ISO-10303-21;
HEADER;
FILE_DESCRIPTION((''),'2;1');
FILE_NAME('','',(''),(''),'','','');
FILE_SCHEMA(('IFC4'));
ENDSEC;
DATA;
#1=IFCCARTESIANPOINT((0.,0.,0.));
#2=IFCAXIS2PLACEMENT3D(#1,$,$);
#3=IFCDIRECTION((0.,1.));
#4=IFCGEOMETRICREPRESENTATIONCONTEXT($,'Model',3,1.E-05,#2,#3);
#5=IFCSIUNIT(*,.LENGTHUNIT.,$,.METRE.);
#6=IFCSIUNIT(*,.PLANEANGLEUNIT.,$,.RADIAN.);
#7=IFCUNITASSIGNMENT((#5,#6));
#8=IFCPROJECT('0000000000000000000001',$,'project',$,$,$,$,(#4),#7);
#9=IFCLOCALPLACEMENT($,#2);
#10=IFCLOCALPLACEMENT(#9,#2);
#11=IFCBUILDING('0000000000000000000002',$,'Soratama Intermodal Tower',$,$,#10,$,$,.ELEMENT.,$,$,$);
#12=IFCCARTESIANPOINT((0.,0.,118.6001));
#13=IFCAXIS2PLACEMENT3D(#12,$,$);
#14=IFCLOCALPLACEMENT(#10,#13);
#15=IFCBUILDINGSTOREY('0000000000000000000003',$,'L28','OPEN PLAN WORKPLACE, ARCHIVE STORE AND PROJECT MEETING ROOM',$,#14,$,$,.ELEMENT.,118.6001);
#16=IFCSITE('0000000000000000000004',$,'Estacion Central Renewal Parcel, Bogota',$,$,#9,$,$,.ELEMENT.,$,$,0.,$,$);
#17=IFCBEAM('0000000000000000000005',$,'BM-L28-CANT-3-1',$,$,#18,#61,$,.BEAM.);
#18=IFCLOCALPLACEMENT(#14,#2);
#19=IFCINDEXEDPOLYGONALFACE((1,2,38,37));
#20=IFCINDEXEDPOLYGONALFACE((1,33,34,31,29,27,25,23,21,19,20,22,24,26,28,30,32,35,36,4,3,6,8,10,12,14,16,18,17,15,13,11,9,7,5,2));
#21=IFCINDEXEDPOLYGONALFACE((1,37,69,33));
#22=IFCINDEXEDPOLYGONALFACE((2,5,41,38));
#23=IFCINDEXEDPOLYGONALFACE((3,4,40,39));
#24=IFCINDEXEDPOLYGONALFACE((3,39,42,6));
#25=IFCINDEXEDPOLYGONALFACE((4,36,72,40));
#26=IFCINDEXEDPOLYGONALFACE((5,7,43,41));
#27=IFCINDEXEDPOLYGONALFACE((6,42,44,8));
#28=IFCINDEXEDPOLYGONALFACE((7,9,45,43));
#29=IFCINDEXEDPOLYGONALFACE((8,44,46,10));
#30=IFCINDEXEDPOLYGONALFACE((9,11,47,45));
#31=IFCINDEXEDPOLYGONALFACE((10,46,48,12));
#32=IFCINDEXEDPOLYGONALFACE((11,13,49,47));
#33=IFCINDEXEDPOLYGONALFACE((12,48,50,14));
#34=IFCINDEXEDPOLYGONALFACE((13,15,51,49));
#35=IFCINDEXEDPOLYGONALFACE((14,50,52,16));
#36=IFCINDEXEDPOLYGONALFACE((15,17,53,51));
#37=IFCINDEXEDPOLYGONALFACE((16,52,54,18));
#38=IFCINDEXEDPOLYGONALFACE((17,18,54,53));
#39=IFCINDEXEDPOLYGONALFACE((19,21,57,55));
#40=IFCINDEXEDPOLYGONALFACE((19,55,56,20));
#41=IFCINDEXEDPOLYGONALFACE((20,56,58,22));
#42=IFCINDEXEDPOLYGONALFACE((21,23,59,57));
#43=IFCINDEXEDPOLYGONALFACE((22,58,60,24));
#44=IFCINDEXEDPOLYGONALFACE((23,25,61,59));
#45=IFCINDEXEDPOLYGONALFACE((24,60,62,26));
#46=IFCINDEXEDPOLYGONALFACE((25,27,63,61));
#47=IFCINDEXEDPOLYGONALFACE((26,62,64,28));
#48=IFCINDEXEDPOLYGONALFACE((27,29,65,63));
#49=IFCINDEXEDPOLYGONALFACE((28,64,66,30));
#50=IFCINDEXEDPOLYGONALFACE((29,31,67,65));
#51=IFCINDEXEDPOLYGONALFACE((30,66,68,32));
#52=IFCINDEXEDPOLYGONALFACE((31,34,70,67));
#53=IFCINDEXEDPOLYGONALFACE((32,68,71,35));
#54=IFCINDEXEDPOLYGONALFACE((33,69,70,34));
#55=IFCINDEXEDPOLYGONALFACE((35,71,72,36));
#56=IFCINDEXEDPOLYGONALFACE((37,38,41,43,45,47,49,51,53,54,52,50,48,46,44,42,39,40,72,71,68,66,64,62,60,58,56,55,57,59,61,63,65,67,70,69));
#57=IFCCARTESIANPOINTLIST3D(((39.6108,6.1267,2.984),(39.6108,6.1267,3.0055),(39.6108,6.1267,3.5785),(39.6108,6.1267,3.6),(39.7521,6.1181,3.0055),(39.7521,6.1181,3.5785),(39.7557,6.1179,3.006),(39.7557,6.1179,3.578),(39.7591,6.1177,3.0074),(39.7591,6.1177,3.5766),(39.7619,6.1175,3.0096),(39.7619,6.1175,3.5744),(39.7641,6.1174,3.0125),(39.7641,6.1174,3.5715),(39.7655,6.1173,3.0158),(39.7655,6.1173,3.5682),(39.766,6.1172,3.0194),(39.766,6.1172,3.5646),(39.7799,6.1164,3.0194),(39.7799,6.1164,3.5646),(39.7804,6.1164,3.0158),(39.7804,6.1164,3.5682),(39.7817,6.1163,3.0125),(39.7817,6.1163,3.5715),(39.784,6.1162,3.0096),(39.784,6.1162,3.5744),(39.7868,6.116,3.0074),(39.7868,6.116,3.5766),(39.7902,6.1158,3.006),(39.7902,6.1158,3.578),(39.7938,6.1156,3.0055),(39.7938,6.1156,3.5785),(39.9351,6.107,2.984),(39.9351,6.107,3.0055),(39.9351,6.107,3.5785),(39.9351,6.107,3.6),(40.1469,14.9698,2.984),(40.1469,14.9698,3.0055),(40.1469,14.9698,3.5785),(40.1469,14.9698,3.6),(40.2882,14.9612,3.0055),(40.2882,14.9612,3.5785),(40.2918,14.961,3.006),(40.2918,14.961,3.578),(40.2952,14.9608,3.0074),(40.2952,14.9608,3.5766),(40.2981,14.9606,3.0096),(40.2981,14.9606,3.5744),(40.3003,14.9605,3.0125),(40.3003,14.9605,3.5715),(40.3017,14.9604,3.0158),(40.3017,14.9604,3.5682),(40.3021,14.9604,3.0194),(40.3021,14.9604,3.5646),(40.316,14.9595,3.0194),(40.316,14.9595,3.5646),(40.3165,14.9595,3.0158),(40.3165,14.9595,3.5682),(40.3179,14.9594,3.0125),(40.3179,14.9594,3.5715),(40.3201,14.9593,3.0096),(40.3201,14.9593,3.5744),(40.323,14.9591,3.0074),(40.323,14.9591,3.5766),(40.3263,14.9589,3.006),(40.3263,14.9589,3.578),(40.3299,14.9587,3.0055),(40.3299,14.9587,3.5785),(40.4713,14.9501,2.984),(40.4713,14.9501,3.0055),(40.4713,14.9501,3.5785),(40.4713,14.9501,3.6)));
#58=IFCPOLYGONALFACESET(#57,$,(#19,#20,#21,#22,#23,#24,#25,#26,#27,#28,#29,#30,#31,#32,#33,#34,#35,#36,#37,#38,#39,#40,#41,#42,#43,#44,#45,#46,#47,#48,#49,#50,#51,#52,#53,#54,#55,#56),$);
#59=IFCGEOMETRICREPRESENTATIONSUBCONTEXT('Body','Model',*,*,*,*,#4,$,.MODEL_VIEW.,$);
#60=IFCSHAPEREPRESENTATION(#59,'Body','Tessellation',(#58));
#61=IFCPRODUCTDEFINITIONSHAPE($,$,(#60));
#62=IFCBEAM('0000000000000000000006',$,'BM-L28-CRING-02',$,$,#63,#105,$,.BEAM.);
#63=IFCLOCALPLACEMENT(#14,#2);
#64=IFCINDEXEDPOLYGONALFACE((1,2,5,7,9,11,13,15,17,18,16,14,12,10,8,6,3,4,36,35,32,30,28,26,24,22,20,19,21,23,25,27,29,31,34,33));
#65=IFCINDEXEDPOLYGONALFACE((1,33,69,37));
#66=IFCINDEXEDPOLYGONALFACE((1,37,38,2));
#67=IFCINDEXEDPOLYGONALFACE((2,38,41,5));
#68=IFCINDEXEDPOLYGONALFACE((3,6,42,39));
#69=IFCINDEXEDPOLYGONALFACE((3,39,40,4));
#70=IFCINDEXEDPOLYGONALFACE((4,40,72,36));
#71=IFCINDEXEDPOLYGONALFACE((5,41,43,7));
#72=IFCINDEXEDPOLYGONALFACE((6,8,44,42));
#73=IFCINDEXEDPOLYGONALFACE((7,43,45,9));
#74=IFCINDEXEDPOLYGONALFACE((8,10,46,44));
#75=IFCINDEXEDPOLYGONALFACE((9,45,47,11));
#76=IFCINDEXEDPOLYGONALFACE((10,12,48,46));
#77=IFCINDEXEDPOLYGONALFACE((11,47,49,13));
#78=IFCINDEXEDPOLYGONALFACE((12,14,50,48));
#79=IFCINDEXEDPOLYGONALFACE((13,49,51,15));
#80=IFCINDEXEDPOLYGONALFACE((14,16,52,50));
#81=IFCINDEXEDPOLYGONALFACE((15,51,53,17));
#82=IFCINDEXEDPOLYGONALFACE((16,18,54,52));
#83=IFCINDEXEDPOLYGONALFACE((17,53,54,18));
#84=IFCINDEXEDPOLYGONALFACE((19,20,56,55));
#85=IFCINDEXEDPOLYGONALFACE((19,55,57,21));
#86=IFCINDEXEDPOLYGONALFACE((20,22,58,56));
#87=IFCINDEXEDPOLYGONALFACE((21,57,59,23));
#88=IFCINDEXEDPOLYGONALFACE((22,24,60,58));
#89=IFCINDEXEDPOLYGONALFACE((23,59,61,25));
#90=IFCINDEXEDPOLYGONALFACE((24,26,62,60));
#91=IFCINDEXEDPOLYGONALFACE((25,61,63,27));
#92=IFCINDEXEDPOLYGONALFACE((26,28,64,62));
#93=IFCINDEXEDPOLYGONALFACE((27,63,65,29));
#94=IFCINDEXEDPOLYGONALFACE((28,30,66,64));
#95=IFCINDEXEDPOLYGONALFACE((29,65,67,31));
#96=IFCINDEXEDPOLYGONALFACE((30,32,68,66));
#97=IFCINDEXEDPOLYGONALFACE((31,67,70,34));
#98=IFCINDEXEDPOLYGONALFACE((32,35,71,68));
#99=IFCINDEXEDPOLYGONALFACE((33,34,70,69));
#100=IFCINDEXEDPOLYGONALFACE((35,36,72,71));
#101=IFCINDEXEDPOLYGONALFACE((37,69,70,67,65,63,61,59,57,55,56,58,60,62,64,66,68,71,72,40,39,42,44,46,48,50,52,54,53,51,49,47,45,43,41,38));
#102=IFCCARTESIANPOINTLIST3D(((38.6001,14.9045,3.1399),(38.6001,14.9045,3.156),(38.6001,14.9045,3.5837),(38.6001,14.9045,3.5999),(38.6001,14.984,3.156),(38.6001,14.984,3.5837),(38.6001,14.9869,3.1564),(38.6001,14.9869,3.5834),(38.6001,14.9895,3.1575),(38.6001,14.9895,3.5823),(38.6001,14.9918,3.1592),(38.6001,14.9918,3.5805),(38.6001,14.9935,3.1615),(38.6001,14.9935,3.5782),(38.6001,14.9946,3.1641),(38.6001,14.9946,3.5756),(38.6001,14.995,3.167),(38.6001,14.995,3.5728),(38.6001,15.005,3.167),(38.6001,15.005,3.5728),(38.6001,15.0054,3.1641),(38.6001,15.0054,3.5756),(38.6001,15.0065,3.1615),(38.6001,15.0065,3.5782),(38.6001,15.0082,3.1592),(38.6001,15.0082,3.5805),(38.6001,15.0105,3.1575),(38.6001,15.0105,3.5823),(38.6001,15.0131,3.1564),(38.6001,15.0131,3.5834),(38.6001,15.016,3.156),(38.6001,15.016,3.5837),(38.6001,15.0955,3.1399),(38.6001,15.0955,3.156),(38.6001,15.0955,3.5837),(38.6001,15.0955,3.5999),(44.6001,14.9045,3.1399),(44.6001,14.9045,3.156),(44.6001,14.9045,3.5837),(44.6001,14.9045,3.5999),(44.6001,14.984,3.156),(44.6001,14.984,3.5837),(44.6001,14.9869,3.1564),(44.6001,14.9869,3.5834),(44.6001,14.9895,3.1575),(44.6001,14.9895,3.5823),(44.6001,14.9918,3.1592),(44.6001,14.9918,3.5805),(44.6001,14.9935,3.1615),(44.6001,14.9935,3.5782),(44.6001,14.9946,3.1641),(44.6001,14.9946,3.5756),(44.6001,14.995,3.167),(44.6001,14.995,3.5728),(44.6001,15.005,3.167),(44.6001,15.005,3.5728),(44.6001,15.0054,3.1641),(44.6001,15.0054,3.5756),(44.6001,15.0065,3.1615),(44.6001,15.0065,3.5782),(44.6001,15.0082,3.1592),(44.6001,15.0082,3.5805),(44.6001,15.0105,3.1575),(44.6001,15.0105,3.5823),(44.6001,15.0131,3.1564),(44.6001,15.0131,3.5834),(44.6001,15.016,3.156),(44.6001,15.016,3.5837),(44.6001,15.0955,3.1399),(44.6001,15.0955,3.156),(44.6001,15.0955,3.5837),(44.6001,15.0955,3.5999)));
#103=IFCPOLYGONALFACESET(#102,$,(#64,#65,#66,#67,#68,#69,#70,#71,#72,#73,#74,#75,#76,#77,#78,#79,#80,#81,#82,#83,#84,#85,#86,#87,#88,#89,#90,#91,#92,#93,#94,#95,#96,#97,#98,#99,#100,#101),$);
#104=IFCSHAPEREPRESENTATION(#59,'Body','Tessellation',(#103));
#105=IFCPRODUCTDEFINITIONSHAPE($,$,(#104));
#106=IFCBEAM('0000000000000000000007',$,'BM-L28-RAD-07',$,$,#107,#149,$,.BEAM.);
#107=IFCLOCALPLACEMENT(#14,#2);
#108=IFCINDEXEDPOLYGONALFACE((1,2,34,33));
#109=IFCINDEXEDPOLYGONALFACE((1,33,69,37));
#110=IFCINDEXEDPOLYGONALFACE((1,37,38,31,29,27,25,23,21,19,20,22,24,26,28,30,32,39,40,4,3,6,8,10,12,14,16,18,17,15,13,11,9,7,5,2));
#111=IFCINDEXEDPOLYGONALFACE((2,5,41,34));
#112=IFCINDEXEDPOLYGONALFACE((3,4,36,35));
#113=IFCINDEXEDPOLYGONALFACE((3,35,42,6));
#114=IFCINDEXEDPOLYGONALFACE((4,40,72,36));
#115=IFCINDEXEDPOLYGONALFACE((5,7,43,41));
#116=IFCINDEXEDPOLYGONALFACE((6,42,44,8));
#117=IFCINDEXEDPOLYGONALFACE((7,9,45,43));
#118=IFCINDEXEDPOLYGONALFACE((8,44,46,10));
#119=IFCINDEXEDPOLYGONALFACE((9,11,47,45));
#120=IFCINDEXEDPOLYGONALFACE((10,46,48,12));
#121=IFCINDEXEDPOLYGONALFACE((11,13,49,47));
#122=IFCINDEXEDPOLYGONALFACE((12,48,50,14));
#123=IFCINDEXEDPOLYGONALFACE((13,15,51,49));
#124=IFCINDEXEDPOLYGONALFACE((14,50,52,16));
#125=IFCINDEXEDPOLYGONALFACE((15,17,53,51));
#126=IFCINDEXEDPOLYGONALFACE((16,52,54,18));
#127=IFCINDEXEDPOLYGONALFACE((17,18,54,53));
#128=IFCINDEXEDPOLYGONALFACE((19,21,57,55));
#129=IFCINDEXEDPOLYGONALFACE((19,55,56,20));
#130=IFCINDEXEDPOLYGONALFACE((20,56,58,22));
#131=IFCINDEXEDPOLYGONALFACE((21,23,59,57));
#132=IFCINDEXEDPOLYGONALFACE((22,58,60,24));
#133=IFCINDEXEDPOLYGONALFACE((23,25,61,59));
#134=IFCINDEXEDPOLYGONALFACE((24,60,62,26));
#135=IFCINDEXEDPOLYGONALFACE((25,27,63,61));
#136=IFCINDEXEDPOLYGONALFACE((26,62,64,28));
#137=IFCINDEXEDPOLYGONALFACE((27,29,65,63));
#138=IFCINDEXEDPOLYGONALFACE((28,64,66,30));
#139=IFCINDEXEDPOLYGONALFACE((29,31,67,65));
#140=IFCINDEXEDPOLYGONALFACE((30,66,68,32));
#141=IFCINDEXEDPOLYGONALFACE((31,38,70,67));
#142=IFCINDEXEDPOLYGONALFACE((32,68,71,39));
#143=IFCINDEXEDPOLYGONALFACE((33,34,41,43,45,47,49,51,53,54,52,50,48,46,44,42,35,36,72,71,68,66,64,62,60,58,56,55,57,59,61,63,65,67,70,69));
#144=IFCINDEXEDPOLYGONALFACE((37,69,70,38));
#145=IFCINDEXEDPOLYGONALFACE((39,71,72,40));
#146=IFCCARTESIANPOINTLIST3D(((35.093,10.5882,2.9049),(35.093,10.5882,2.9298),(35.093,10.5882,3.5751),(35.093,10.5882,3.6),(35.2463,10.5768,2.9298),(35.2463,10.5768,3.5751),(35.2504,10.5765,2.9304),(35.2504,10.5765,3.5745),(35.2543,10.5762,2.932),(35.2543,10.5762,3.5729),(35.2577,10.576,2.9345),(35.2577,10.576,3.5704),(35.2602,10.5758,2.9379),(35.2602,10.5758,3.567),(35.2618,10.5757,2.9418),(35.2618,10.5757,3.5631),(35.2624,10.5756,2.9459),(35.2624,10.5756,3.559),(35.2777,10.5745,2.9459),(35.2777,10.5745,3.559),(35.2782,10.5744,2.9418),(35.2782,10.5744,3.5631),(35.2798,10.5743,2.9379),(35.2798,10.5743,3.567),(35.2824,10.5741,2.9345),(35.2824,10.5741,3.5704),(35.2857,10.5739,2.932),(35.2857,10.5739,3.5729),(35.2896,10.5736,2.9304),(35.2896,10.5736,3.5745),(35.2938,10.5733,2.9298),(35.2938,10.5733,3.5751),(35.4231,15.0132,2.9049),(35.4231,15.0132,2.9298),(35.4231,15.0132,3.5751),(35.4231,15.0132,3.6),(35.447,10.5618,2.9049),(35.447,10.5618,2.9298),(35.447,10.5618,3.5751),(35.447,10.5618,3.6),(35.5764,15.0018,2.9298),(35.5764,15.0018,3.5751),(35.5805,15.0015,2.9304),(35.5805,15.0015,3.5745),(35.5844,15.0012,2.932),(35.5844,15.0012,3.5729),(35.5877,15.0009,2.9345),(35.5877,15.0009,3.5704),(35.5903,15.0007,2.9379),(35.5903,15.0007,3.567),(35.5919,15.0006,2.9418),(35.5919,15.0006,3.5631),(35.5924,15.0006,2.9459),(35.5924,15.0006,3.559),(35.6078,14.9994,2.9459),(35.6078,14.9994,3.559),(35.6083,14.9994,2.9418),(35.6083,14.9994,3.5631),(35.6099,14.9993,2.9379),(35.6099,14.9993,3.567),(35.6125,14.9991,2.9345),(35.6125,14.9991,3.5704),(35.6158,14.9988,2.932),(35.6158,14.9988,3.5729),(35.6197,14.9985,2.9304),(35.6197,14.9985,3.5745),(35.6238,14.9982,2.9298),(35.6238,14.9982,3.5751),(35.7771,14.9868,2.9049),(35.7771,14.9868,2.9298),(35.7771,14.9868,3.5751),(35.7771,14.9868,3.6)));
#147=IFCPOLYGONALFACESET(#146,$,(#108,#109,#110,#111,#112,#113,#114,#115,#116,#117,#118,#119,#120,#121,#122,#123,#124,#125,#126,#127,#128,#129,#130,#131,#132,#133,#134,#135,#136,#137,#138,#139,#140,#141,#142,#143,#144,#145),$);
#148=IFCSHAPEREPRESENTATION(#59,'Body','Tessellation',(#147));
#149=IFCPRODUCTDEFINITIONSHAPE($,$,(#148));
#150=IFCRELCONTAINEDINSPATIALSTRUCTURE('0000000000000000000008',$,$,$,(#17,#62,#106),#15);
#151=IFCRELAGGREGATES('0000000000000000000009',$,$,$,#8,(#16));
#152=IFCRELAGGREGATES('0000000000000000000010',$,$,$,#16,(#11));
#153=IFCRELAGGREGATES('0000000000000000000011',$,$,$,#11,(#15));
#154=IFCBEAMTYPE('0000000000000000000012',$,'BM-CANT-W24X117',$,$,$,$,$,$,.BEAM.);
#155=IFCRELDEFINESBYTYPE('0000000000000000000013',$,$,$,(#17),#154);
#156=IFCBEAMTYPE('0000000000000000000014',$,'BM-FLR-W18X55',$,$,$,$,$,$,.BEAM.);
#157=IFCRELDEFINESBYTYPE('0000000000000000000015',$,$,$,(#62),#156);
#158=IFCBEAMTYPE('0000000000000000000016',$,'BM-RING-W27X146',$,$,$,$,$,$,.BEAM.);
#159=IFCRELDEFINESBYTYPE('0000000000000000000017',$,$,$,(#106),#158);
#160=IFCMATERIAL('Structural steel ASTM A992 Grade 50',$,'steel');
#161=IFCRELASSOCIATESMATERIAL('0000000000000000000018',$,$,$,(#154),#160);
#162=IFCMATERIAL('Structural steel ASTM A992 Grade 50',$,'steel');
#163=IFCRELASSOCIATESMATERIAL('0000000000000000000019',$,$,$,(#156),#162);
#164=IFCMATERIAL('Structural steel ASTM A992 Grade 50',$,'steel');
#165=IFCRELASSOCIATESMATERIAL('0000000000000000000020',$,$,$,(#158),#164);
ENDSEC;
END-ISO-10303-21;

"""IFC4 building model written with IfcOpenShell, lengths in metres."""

from ifc_helpers import new_model, si_unit, direction, frame, origin, origin_2d, place, context, subcontext, project, spatial, i_section, extrude, material, material_profile, profile_set, type_object, element, save


model = new_model("IFC4")

# Units and contexts
model_context = context("Model", 3, precision=1e-05, world=origin(), true_north=direction((0.0, 1.0)))
body_context = subcontext(model_context, "Body", "Model", "MODEL_VIEW")
ifc_project = project(units=[si_unit("LENGTHUNIT", "METRE"), si_unit("PLANEANGLEUNIT", "RADIAN")], contexts=[model_context])

# Site, building, storey
site_placement = place(None, origin())
site = spatial("IfcSite", under=ifc_project, at=site_placement, Name="Estacion Central Renewal Parcel, Bogota", CompositionType="ELEMENT", RefElevation=0.0)
building_placement = place(site_placement, origin())
building = spatial("IfcBuilding", under=site, at=building_placement, Name="Soratama Intermodal Tower", CompositionType="ELEMENT")
storey_placement = place(building_placement, frame((0.0, 0.0, 118.6001)))
storey = spatial("IfcBuildingStorey", under=building, at=storey_placement, Name="L28", Description="OPEN PLAN WORKPLACE, ARCHIVE STORE AND PROJECT MEETING ROOM", CompositionType="ELEMENT", Elevation=118.6001)

# Beams
ifc_material_1 = material(Name="Structural steel ASTM A992 Grade 50", Category="steel")
ifc_material_profile_1 = material_profile(ifc_material_1, i_section(OverallWidth=0.325, OverallDepth=0.616, WebThickness=0.0139, FlangeThickness=0.0215, FilletRadius=0.0139, at=origin_2d()), Name="W24X117")
ifc_profile_set_1 = profile_set([ifc_material_profile_1], Name="Structural steel ASTM A992 Grade 50")
beam_type_1 = type_object("IfcBeamType", Name="BM-CANT-W24X117", PredefinedType="BEAM", material=ifc_profile_set_1)
beam_1_placement = place(storey_placement, frame((40.3091, 14.96, 3.292), z_axis=(-0.060517, -0.998167, 0.0), x_axis=(0.998167, -0.060517, 0.0)))
element("IfcBeam", 1, at=beam_1_placement, inside=storey, type_object=beam_type_1, Name="BM-L28-CANT-3-1", PredefinedType="BEAM", context=body_context, shape_type="SweptSolid", body=[
    extrude(i_section(OverallWidth=0.325, OverallDepth=0.616, WebThickness=0.0139, FlangeThickness=0.0215, FilletRadius=0.0139, at=origin_2d()), origin(), (0.0, 0.0, 1.0), 8.8594),
])
ifc_material_2 = material(Name="Structural steel ASTM A992 Grade 50", Category="steel")
ifc_material_profile_2 = material_profile(ifc_material_2, i_section(OverallWidth=0.1909, OverallDepth=0.46, WebThickness=0.01, FlangeThickness=0.0161, FilletRadius=0.011, at=origin_2d()), Name="W18X55")
ifc_profile_set_2 = profile_set([ifc_material_profile_2], Name="Structural steel ASTM A992 Grade 50")
beam_type_2 = type_object("IfcBeamType", Name="BM-FLR-W18X55", PredefinedType="BEAM", material=ifc_profile_set_2)
beam_2_placement = place(storey_placement, frame((38.6001, 15.0, 3.3699), z_axis=(1.0, 0.0, 0.0), x_axis=(0.0, 1.0, 0.0)))
element("IfcBeam", 2, at=beam_2_placement, inside=storey, type_object=beam_type_2, Name="BM-L28-CRING-02", PredefinedType="BEAM", context=body_context, shape_type="SweptSolid", body=[
    extrude(i_section(OverallWidth=0.1909, OverallDepth=0.46, WebThickness=0.01, FlangeThickness=0.0161, FilletRadius=0.011, at=origin_2d()), origin(), (0.0, 0.0, 1.0), 6.0),
])
ifc_material_3 = material(Name="Structural steel ASTM A992 Grade 50", Category="steel")
ifc_material_profile_3 = material_profile(ifc_material_3, i_section(OverallWidth=0.355, OverallDepth=0.6951, WebThickness=0.0154, FlangeThickness=0.0249, FilletRadius=0.0161, at=origin_2d()), Name="W27X146")
ifc_profile_set_3 = profile_set([ifc_material_profile_3], Name="Structural steel ASTM A992 Grade 50")
beam_type_3 = type_object("IfcBeamType", Name="BM-RING-W27X146", PredefinedType="BEAM", material=ifc_profile_set_3)
beam_3_placement = place(storey_placement, frame((35.6001, 15.0, 3.2524), z_axis=(-0.074386, -0.997229, 0.0), x_axis=(0.997229, -0.074386, 0.0)))
element("IfcBeam", 3, at=beam_3_placement, inside=storey, type_object=beam_type_3, Name="BM-L28-RAD-07", PredefinedType="BEAM", context=body_context, shape_type="SweptSolid", body=[
    extrude(i_section(OverallWidth=0.355, OverallDepth=0.6951, WebThickness=0.0154, FlangeThickness=0.0249, FilletRadius=0.0161, at=origin_2d()), origin(), (0.0, 0.0, 1.0), 4.4373),
])

save(model, "model.ifc")
